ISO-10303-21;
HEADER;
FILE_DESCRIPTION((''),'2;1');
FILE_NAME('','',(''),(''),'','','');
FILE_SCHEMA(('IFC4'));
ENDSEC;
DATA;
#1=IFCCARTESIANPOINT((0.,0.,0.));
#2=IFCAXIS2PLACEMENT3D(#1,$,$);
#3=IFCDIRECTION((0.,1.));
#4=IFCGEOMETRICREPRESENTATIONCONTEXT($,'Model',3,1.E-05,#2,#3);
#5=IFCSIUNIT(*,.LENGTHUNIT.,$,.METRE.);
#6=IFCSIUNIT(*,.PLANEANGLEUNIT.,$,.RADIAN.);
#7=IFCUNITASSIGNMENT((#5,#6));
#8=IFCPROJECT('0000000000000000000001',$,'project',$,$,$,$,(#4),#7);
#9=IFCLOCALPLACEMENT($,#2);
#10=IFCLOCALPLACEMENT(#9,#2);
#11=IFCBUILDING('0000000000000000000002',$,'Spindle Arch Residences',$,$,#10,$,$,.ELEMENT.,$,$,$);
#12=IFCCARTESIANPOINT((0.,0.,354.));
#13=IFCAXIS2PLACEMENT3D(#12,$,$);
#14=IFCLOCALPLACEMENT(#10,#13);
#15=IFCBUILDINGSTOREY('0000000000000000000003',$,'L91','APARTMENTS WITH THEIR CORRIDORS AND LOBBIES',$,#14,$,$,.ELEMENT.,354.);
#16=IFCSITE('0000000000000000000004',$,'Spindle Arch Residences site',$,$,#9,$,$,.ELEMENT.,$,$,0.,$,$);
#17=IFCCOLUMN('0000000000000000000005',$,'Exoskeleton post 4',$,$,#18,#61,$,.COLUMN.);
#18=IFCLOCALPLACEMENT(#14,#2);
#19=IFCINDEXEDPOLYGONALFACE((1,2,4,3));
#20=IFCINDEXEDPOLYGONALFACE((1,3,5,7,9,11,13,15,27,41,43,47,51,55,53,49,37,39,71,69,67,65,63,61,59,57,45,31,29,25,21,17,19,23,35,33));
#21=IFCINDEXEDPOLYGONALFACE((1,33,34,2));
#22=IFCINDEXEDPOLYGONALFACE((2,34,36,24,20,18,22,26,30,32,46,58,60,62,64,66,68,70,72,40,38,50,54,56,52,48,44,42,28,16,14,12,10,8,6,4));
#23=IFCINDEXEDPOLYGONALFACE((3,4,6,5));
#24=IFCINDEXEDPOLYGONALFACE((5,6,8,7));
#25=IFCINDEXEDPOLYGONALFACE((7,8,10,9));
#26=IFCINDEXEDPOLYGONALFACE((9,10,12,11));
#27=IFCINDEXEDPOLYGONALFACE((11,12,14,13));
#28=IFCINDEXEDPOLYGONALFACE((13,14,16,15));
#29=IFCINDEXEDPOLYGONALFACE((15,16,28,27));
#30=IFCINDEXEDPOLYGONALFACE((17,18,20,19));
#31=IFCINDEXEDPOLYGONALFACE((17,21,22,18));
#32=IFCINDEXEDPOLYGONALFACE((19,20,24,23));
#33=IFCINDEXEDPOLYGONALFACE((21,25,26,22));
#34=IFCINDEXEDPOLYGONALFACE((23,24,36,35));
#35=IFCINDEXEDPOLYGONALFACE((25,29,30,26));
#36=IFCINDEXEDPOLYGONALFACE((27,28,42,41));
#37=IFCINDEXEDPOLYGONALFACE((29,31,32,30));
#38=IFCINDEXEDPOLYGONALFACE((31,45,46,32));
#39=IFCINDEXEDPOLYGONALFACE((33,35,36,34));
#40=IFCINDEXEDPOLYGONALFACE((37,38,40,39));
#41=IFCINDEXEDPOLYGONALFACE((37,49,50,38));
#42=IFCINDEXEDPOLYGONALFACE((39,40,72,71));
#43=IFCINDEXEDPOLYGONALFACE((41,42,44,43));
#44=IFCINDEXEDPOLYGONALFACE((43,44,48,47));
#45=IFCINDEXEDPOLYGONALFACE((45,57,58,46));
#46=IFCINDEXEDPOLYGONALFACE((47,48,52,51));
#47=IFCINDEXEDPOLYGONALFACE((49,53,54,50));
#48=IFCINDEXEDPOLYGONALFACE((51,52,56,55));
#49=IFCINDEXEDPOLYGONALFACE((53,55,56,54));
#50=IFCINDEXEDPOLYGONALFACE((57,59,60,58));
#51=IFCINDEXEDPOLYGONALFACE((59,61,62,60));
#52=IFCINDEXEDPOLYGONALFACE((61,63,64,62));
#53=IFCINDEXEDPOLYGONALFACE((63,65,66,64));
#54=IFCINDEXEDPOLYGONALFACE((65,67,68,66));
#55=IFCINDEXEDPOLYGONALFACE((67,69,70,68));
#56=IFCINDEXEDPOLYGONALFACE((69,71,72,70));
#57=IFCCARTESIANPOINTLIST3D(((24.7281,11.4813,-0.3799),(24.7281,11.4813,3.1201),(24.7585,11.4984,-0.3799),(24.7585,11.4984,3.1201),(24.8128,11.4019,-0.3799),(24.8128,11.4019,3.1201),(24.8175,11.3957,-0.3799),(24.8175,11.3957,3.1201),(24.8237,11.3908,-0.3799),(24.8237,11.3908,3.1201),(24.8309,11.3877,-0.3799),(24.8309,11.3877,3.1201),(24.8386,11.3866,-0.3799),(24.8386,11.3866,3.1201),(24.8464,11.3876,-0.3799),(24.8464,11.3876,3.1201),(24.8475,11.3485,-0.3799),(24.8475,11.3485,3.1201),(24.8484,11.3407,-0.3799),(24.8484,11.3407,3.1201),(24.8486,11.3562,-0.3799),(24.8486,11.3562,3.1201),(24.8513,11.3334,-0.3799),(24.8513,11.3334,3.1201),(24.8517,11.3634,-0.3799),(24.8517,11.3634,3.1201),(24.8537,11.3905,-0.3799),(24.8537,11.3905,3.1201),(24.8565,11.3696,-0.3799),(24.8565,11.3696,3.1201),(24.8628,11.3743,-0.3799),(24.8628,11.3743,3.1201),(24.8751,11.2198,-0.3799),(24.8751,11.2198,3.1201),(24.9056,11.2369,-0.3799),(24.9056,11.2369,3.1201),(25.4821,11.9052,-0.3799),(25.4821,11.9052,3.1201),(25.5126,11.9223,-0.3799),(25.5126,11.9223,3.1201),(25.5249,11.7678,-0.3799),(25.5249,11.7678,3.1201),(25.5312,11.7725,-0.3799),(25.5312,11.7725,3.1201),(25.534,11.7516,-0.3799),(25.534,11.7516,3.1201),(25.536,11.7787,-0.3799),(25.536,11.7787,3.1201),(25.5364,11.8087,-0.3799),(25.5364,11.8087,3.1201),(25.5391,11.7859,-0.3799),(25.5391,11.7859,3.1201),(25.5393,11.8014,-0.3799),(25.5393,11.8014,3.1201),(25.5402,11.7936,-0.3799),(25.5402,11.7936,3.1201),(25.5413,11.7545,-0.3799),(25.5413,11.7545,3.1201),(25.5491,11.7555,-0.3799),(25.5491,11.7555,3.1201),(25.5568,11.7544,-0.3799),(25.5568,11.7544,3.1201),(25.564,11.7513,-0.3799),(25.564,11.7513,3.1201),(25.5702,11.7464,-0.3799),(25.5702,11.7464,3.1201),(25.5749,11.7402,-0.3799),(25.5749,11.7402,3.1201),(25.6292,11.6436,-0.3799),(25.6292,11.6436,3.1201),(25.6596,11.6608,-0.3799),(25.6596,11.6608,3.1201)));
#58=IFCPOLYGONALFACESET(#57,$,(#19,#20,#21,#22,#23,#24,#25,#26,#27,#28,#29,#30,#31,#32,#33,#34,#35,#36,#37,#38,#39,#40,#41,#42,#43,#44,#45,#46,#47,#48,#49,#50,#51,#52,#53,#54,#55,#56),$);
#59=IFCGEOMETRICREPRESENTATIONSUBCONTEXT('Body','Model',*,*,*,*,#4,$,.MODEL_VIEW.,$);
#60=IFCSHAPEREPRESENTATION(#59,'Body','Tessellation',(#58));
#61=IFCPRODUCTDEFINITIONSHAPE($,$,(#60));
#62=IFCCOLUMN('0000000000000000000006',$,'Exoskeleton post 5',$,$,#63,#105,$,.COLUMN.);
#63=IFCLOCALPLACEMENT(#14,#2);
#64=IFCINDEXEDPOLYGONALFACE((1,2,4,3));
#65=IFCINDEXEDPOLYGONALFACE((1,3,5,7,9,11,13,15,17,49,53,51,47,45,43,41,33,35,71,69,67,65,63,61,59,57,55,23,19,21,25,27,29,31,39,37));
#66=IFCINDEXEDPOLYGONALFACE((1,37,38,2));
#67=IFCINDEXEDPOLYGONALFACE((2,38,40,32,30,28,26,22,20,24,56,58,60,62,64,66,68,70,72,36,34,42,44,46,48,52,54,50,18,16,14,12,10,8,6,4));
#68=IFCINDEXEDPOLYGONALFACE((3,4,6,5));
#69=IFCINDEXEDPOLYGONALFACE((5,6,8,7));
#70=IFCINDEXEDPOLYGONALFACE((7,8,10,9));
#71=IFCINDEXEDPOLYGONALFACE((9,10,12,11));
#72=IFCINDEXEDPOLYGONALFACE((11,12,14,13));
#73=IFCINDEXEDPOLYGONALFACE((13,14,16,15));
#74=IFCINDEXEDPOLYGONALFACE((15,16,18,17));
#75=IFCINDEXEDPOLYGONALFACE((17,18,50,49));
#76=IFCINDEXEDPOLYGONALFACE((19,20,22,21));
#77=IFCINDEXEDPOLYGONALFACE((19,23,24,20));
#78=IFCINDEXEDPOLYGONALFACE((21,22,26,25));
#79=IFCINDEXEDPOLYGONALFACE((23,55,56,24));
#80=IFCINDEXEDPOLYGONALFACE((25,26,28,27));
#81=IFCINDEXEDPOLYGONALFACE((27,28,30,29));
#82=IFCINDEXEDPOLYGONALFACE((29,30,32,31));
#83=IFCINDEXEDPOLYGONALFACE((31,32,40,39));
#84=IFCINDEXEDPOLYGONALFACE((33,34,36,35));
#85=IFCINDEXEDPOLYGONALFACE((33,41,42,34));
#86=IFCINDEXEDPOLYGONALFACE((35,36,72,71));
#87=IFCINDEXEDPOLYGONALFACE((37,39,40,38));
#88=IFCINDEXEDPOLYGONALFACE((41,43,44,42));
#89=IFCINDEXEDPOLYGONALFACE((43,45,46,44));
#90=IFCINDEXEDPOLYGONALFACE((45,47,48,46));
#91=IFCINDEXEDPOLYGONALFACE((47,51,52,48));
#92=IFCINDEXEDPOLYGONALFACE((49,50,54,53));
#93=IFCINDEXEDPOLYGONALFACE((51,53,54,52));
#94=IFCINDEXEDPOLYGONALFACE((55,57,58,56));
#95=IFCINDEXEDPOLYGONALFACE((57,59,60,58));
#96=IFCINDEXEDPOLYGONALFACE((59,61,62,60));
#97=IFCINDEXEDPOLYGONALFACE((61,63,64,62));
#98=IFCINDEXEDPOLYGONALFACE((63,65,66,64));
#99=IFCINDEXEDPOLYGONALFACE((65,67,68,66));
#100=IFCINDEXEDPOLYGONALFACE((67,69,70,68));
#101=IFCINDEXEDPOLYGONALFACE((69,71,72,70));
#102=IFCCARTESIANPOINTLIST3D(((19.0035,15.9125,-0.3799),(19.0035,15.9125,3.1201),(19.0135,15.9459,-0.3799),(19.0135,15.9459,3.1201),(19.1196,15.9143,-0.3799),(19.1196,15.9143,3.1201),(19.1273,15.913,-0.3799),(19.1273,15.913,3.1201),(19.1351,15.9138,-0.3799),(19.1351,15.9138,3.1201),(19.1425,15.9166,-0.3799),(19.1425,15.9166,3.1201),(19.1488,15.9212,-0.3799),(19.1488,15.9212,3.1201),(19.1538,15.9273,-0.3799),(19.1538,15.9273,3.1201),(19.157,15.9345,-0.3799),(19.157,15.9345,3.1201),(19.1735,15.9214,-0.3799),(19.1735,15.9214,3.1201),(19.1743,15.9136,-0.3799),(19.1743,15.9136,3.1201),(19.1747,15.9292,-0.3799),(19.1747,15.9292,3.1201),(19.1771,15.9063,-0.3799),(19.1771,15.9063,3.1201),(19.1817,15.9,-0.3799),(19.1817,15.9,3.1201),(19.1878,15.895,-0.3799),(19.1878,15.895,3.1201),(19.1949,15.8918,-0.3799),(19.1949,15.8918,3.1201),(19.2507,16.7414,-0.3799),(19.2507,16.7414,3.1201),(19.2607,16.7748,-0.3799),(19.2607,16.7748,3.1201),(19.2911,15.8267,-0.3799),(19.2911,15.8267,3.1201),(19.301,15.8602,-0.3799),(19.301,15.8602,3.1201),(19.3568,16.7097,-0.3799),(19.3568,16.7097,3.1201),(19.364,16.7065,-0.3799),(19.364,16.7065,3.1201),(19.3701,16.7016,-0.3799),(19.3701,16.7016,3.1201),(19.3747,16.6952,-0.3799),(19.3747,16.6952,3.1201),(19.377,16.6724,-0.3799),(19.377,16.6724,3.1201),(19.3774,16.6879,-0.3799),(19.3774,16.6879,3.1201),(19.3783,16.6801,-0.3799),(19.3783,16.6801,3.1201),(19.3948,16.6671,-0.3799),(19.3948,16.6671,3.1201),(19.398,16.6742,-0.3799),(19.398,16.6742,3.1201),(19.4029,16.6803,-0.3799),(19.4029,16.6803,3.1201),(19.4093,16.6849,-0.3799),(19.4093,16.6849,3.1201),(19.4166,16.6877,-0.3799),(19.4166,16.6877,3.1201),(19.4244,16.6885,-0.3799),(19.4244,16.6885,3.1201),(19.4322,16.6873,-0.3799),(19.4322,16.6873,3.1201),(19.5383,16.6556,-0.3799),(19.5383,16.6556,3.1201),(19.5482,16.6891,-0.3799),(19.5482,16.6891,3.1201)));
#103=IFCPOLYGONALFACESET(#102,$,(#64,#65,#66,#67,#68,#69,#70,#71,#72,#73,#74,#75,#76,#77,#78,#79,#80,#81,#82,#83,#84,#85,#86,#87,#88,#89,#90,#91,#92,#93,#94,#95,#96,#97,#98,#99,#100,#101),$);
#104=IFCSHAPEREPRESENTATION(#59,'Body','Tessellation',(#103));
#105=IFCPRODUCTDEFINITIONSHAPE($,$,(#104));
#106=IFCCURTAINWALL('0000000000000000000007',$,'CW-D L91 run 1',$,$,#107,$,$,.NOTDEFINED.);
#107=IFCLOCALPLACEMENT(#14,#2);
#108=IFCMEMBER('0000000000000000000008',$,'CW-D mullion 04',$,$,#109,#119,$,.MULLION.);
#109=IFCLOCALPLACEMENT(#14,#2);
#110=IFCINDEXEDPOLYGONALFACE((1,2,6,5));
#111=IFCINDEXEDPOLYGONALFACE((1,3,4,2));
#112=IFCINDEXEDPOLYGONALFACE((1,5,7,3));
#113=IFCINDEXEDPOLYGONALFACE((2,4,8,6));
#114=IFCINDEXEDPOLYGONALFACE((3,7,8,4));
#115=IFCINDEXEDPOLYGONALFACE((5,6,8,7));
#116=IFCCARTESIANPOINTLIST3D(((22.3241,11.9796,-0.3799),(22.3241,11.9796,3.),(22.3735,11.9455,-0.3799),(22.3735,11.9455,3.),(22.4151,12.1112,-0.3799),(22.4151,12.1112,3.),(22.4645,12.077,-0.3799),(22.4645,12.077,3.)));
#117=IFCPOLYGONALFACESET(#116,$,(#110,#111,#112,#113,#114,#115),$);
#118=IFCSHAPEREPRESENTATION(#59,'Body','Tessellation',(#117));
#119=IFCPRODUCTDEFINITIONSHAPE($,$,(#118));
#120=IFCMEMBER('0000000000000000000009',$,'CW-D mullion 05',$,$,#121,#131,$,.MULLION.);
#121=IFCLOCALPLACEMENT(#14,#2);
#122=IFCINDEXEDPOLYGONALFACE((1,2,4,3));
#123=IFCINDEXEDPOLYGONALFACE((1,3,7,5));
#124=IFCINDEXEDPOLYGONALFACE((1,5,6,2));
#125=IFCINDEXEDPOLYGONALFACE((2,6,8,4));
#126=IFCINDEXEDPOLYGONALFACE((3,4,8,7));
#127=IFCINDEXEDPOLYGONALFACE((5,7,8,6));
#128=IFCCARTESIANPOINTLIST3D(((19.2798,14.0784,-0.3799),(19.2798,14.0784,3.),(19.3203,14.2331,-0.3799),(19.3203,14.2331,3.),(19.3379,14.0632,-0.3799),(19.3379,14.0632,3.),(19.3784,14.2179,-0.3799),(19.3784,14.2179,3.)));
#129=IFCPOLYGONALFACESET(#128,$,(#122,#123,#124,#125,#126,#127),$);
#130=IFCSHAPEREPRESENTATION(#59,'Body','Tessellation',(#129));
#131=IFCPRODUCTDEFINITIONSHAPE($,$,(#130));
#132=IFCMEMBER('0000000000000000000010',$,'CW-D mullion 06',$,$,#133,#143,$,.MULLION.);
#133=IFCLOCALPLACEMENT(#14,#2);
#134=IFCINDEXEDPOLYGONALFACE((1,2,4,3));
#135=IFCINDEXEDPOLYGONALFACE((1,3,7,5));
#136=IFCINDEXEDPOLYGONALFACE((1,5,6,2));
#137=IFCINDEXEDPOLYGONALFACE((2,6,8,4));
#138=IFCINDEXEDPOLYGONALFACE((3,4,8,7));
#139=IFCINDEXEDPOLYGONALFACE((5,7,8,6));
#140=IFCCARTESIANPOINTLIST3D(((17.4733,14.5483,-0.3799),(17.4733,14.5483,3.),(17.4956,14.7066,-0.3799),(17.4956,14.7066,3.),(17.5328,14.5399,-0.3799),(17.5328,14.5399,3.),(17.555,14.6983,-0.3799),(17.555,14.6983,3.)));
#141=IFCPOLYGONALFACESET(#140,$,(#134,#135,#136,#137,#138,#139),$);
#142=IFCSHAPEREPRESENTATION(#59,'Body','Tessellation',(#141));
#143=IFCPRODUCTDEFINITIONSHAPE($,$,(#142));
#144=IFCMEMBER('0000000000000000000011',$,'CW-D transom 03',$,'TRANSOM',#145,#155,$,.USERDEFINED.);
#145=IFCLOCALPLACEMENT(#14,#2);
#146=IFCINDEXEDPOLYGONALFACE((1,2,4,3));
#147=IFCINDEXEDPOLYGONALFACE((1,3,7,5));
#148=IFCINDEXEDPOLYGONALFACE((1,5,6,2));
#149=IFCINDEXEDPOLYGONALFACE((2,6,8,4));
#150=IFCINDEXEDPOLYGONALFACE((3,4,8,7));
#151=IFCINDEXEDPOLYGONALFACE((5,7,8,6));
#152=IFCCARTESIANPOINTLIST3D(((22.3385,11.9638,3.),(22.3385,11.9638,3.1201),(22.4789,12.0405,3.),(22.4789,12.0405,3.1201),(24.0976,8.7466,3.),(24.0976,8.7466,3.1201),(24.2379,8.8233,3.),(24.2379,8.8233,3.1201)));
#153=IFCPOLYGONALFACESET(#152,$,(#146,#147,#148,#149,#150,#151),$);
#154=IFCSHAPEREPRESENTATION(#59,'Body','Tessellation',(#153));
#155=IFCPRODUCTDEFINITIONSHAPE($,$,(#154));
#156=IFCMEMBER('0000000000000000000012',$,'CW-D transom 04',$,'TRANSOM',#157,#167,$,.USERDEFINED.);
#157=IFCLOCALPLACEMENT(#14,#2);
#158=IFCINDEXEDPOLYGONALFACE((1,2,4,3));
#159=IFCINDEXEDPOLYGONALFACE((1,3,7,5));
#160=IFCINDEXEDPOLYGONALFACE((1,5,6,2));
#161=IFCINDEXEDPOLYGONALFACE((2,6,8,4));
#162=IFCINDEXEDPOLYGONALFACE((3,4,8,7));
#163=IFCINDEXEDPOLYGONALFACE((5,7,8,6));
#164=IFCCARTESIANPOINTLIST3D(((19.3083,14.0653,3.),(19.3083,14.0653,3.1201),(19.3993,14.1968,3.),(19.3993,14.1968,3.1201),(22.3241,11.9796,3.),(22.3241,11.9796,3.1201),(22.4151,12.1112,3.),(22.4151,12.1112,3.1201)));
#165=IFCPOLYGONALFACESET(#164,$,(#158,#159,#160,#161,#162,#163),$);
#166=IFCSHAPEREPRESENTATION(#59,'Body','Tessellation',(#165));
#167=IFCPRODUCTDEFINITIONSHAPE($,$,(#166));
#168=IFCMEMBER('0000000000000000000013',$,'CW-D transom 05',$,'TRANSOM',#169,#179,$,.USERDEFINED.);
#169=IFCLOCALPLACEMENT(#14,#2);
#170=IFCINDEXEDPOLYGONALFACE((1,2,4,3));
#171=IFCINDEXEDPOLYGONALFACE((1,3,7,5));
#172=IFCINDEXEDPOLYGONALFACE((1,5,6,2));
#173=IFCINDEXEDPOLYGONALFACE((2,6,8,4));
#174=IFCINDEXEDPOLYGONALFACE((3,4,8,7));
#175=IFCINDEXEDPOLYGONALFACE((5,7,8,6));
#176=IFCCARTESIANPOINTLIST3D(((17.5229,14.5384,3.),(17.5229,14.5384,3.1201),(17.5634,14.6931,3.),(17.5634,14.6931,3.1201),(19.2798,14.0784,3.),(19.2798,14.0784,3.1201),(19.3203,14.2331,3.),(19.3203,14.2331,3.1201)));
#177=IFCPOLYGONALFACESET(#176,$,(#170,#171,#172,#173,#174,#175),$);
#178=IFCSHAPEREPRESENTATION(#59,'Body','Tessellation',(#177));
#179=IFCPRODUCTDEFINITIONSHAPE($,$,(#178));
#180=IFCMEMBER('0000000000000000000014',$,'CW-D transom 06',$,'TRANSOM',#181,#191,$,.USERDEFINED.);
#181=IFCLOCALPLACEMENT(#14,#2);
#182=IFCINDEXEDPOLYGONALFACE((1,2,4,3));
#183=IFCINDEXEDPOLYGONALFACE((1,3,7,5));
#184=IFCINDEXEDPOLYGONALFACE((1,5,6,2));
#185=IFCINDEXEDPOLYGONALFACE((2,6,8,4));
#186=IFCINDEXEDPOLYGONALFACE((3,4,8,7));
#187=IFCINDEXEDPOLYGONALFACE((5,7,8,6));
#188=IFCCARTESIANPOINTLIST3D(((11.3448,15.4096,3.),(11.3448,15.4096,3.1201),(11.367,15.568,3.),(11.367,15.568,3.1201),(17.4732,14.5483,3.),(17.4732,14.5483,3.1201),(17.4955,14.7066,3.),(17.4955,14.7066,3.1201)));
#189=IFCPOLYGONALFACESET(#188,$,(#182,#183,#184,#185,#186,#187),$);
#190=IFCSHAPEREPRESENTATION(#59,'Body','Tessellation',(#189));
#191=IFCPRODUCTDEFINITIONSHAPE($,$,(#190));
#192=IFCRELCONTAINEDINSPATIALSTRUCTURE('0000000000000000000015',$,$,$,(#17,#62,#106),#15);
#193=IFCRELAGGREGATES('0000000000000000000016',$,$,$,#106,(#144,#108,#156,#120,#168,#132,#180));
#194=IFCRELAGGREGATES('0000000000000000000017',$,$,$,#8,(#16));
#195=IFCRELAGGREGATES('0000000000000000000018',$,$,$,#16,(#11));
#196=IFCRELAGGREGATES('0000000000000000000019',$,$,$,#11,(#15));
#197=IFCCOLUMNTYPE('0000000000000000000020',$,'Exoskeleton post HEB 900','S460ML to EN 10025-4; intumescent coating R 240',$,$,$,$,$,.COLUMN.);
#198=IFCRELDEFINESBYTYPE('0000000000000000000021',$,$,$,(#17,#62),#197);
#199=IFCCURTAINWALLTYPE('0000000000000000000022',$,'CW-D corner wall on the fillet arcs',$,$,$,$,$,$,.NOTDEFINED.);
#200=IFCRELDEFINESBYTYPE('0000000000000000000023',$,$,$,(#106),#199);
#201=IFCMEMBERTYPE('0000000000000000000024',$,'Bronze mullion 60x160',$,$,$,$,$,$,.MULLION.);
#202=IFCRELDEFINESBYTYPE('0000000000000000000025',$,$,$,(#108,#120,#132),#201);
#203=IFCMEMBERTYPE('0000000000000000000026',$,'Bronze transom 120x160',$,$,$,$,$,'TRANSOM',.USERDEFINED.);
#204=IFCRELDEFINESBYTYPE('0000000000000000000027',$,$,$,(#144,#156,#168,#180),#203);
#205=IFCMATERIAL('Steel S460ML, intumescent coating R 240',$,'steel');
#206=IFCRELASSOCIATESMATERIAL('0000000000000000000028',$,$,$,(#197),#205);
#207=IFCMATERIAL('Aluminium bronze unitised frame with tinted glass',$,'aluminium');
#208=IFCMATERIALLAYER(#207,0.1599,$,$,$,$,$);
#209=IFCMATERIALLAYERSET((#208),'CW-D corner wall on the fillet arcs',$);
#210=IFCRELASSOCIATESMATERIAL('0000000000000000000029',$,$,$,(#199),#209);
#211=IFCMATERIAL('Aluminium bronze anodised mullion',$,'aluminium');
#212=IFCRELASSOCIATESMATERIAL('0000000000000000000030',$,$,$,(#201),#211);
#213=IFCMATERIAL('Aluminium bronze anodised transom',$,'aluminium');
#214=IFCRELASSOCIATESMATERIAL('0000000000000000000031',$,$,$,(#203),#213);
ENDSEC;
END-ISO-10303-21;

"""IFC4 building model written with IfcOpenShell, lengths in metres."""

from ifc_helpers import new_model, si_unit, direction, frame, origin, origin_2d, place, context, subcontext, project, spatial, rectangle, i_section, extrude, material, layer, layer_set, material_profile, profile_set, type_object, element, aggregate, save


model = new_model("IFC4")

# Units and contexts
model_context = context("Model", 3, precision=1e-05, world=origin(), true_north=direction((0.0, 1.0)))
body_context = subcontext(model_context, "Body", "Model", "MODEL_VIEW")
ifc_project = project(units=[si_unit("LENGTHUNIT", "METRE"), si_unit("PLANEANGLEUNIT", "RADIAN")], contexts=[model_context])

# Site, building, storey
site_placement = place(None, origin())
site = spatial("IfcSite", under=ifc_project, at=site_placement, Name="Spindle Arch Residences site", CompositionType="ELEMENT", RefElevation=0.0)
building_placement = place(site_placement, origin())
building = spatial("IfcBuilding", under=site, at=building_placement, Name="Spindle Arch Residences", CompositionType="ELEMENT")
storey_placement = place(building_placement, frame((0.0, 0.0, 354.0)))
storey = spatial("IfcBuildingStorey", under=building, at=storey_placement, Name="L91", Description="APARTMENTS WITH THEIR CORRIDORS AND LOBBIES", CompositionType="ELEMENT", Elevation=354.0)

# Columns
ifc_material_1 = material(Name="Steel S460ML, intumescent coating R 240", Category="steel")
ifc_material_profile_1 = material_profile(ifc_material_1, i_section(OverallWidth=0.3, OverallDepth=0.8999, WebThickness=0.0186, FlangeThickness=0.0349, FilletRadius=0.03, at=origin_2d()), Name="HEB 900")
ifc_profile_set_1 = profile_set([ifc_material_profile_1], Name="Steel S460ML, intumescent coating R 240")
column_type = type_object("IfcColumnType", Name="Exoskeleton post HEB 900", Description="S460ML to EN 10025-4; intumescent coating R 240", PredefinedType="COLUMN", material=ifc_profile_set_1)
for number, where, z_axis, x_axis, name in (
    (1, (25.1938, 11.571, -0.3799), (0.0, 0.0, 1.0), (0.490024, -0.871709, 0.0), "Exoskeleton post 4"),
    (2, (19.2759, 16.3008, -0.3799), (0.0, 0.0, 1.0), (0.958298, -0.285769, 0.0), "Exoskeleton post 5"),
):
    element("IfcColumn", number, at=place(storey_placement, frame(where, z_axis=z_axis, x_axis=x_axis)), inside=storey, type_object=column_type, Name=name, PredefinedType="COLUMN", context=body_context, shape_type="SweptSolid", body=[
        extrude(i_section(OverallWidth=0.3, OverallDepth=0.8999, WebThickness=0.0186, FlangeThickness=0.0349, FilletRadius=0.03, at=origin_2d()), origin(), (0.0, 0.0, 1.0), 3.5),
    ])

# Curtain wall, members
ifc_material_2 = material(Name="Aluminium bronze unitised frame with tinted glass", Category="aluminium")
ifc_layer_1 = layer(ifc_material_2, 0.1599)
ifc_layer_set_1 = layer_set([ifc_layer_1], Name="CW-D corner wall on the fillet arcs")
curtain_wall_type = type_object("IfcCurtainWallType", Name="CW-D corner wall on the fillet arcs", PredefinedType="NOTDEFINED", material=ifc_layer_set_1)
curtain_wall_placement = place(storey_placement, origin())
curtain_wall = element("IfcCurtainWall", 3, at=curtain_wall_placement, inside=storey, type_object=curtain_wall_type, Name="CW-D L91 run 1", PredefinedType="NOTDEFINED")
ifc_material_3 = material(Name="Aluminium bronze anodised mullion", Category="aluminium")
ifc_material_profile_2 = material_profile(ifc_material_3, rectangle(XDim=0.1599, YDim=0.0601, at=origin_2d()), Name="MU 60x160")
ifc_profile_set_2 = profile_set([ifc_material_profile_2], Name="Aluminium bronze anodised mullion")
member_type_1 = type_object("IfcMemberType", Name="Bronze mullion 60x160", PredefinedType="MULLION", material=ifc_profile_set_2)
member_1_placement = place(storey_placement, frame((22.3943, 12.0283, -0.3799), z_axis=(0.0, 0.0, 1.0), x_axis=(-0.568801, -0.822475, 0.0)))
member_1 = element("IfcMember", 4, at=member_1_placement, type_object=member_type_1, Name="CW-D mullion 04", PredefinedType="MULLION", context=body_context, shape_type="SweptSolid", body=[
    extrude(rectangle(XDim=0.1599, YDim=0.0601, at=origin_2d()), origin(), (0.0, 0.0, 1.0), 3.3799),
])
member_2_placement = place(storey_placement, frame((19.3291, 14.1482, -0.3799), z_axis=(0.0, 0.0, 1.0), x_axis=(-0.253195, -0.967415, 0.0)))
member_2 = element("IfcMember", 5, at=member_2_placement, type_object=member_type_1, Name="CW-D mullion 05", PredefinedType="MULLION", context=body_context, shape_type="SweptSolid", body=[
    extrude(rectangle(XDim=0.1599, YDim=0.0601, at=origin_2d()), origin(), (0.0, 0.0, 1.0), 3.3799),
])
member_3_placement = place(storey_placement, frame((17.5142, 14.6233, -0.3799), z_axis=(0.0, 0.0, 1.0), x_axis=(-0.139173, -0.990268, 0.0)))
member_3 = element("IfcMember", 6, at=member_3_placement, type_object=member_type_1, Name="CW-D mullion 06", PredefinedType="MULLION", context=body_context, shape_type="SweptSolid", body=[
    extrude(rectangle(XDim=0.1599, YDim=0.0601, at=origin_2d()), origin(), (0.0, 0.0, 1.0), 3.3799),
])
ifc_material_4 = material(Name="Aluminium bronze anodised transom", Category="aluminium")
ifc_material_profile_3 = material_profile(ifc_material_4, rectangle(XDim=0.1599, YDim=0.1201, at=origin_2d()), Name="TR 120x160")
ifc_profile_set_3 = profile_set([ifc_material_profile_3], Name="Aluminium bronze anodised transom")
member_type_2 = type_object("IfcMemberType", Name="Bronze transom 120x160", ElementType="TRANSOM", PredefinedType="USERDEFINED", material=ifc_profile_set_3)
member_4_placement = place(storey_placement, frame((24.1677, 8.7849, 3.0601), z_axis=(-0.479724, 0.877419, 0.0), x_axis=(-0.877419, -0.479724, 0.0)))
member_4 = element("IfcMember", 7, at=member_4_placement, type_object=member_type_2, Name="CW-D transom 03", ObjectType="TRANSOM", PredefinedType="USERDEFINED", context=body_context, shape_type="SweptSolid", body=[
    extrude(rectangle(XDim=0.1599, YDim=0.1201, at=origin_2d()), origin(), (0.0, 0.0, 1.0), 3.6667),
])
member_5_placement = place(storey_placement, frame((22.3696, 12.0454, 3.0601), z_axis=(-0.822475, 0.568801, 0.0), x_axis=(-0.568801, -0.822475, 0.0)))
member_5 = element("IfcMember", 8, at=member_5_placement, type_object=member_type_2, Name="CW-D transom 04", ObjectType="TRANSOM", PredefinedType="USERDEFINED", context=body_context, shape_type="SweptSolid", body=[
    extrude(rectangle(XDim=0.1599, YDim=0.1201, at=origin_2d()), origin(), (0.0, 0.0, 1.0), 3.6667),
])
member_6_placement = place(storey_placement, frame((19.3, 14.1558, 3.0601), z_axis=(-0.967394, 0.253276, 0.0), x_axis=(-0.253276, -0.967394, 0.0)))
member_6 = element("IfcMember", 9, at=member_6_placement, type_object=member_type_2, Name="CW-D transom 05", ObjectType="TRANSOM", PredefinedType="USERDEFINED", context=body_context, shape_type="SweptSolid", body=[
    extrude(rectangle(XDim=0.1599, YDim=0.1201, at=origin_2d()), origin(), (0.0, 0.0, 1.0), 1.8162),
])
member_7_placement = place(storey_placement, frame((17.4844, 14.6274, 3.0601), z_axis=(-0.990267, 0.139179, 0.0), x_axis=(-0.139179, -0.990267, 0.0)))
member_7 = element("IfcMember", 10, at=member_7_placement, type_object=member_type_2, Name="CW-D transom 06", ObjectType="TRANSOM", PredefinedType="USERDEFINED", context=body_context, shape_type="SweptSolid", body=[
    extrude(rectangle(XDim=0.1599, YDim=0.1201, at=origin_2d()), origin(), (0.0, 0.0, 1.0), 6.1887),
])

aggregate(curtain_wall, [member_4, member_1, member_5, member_2, member_6, member_3, member_7])

save(model, "model.ifc")
